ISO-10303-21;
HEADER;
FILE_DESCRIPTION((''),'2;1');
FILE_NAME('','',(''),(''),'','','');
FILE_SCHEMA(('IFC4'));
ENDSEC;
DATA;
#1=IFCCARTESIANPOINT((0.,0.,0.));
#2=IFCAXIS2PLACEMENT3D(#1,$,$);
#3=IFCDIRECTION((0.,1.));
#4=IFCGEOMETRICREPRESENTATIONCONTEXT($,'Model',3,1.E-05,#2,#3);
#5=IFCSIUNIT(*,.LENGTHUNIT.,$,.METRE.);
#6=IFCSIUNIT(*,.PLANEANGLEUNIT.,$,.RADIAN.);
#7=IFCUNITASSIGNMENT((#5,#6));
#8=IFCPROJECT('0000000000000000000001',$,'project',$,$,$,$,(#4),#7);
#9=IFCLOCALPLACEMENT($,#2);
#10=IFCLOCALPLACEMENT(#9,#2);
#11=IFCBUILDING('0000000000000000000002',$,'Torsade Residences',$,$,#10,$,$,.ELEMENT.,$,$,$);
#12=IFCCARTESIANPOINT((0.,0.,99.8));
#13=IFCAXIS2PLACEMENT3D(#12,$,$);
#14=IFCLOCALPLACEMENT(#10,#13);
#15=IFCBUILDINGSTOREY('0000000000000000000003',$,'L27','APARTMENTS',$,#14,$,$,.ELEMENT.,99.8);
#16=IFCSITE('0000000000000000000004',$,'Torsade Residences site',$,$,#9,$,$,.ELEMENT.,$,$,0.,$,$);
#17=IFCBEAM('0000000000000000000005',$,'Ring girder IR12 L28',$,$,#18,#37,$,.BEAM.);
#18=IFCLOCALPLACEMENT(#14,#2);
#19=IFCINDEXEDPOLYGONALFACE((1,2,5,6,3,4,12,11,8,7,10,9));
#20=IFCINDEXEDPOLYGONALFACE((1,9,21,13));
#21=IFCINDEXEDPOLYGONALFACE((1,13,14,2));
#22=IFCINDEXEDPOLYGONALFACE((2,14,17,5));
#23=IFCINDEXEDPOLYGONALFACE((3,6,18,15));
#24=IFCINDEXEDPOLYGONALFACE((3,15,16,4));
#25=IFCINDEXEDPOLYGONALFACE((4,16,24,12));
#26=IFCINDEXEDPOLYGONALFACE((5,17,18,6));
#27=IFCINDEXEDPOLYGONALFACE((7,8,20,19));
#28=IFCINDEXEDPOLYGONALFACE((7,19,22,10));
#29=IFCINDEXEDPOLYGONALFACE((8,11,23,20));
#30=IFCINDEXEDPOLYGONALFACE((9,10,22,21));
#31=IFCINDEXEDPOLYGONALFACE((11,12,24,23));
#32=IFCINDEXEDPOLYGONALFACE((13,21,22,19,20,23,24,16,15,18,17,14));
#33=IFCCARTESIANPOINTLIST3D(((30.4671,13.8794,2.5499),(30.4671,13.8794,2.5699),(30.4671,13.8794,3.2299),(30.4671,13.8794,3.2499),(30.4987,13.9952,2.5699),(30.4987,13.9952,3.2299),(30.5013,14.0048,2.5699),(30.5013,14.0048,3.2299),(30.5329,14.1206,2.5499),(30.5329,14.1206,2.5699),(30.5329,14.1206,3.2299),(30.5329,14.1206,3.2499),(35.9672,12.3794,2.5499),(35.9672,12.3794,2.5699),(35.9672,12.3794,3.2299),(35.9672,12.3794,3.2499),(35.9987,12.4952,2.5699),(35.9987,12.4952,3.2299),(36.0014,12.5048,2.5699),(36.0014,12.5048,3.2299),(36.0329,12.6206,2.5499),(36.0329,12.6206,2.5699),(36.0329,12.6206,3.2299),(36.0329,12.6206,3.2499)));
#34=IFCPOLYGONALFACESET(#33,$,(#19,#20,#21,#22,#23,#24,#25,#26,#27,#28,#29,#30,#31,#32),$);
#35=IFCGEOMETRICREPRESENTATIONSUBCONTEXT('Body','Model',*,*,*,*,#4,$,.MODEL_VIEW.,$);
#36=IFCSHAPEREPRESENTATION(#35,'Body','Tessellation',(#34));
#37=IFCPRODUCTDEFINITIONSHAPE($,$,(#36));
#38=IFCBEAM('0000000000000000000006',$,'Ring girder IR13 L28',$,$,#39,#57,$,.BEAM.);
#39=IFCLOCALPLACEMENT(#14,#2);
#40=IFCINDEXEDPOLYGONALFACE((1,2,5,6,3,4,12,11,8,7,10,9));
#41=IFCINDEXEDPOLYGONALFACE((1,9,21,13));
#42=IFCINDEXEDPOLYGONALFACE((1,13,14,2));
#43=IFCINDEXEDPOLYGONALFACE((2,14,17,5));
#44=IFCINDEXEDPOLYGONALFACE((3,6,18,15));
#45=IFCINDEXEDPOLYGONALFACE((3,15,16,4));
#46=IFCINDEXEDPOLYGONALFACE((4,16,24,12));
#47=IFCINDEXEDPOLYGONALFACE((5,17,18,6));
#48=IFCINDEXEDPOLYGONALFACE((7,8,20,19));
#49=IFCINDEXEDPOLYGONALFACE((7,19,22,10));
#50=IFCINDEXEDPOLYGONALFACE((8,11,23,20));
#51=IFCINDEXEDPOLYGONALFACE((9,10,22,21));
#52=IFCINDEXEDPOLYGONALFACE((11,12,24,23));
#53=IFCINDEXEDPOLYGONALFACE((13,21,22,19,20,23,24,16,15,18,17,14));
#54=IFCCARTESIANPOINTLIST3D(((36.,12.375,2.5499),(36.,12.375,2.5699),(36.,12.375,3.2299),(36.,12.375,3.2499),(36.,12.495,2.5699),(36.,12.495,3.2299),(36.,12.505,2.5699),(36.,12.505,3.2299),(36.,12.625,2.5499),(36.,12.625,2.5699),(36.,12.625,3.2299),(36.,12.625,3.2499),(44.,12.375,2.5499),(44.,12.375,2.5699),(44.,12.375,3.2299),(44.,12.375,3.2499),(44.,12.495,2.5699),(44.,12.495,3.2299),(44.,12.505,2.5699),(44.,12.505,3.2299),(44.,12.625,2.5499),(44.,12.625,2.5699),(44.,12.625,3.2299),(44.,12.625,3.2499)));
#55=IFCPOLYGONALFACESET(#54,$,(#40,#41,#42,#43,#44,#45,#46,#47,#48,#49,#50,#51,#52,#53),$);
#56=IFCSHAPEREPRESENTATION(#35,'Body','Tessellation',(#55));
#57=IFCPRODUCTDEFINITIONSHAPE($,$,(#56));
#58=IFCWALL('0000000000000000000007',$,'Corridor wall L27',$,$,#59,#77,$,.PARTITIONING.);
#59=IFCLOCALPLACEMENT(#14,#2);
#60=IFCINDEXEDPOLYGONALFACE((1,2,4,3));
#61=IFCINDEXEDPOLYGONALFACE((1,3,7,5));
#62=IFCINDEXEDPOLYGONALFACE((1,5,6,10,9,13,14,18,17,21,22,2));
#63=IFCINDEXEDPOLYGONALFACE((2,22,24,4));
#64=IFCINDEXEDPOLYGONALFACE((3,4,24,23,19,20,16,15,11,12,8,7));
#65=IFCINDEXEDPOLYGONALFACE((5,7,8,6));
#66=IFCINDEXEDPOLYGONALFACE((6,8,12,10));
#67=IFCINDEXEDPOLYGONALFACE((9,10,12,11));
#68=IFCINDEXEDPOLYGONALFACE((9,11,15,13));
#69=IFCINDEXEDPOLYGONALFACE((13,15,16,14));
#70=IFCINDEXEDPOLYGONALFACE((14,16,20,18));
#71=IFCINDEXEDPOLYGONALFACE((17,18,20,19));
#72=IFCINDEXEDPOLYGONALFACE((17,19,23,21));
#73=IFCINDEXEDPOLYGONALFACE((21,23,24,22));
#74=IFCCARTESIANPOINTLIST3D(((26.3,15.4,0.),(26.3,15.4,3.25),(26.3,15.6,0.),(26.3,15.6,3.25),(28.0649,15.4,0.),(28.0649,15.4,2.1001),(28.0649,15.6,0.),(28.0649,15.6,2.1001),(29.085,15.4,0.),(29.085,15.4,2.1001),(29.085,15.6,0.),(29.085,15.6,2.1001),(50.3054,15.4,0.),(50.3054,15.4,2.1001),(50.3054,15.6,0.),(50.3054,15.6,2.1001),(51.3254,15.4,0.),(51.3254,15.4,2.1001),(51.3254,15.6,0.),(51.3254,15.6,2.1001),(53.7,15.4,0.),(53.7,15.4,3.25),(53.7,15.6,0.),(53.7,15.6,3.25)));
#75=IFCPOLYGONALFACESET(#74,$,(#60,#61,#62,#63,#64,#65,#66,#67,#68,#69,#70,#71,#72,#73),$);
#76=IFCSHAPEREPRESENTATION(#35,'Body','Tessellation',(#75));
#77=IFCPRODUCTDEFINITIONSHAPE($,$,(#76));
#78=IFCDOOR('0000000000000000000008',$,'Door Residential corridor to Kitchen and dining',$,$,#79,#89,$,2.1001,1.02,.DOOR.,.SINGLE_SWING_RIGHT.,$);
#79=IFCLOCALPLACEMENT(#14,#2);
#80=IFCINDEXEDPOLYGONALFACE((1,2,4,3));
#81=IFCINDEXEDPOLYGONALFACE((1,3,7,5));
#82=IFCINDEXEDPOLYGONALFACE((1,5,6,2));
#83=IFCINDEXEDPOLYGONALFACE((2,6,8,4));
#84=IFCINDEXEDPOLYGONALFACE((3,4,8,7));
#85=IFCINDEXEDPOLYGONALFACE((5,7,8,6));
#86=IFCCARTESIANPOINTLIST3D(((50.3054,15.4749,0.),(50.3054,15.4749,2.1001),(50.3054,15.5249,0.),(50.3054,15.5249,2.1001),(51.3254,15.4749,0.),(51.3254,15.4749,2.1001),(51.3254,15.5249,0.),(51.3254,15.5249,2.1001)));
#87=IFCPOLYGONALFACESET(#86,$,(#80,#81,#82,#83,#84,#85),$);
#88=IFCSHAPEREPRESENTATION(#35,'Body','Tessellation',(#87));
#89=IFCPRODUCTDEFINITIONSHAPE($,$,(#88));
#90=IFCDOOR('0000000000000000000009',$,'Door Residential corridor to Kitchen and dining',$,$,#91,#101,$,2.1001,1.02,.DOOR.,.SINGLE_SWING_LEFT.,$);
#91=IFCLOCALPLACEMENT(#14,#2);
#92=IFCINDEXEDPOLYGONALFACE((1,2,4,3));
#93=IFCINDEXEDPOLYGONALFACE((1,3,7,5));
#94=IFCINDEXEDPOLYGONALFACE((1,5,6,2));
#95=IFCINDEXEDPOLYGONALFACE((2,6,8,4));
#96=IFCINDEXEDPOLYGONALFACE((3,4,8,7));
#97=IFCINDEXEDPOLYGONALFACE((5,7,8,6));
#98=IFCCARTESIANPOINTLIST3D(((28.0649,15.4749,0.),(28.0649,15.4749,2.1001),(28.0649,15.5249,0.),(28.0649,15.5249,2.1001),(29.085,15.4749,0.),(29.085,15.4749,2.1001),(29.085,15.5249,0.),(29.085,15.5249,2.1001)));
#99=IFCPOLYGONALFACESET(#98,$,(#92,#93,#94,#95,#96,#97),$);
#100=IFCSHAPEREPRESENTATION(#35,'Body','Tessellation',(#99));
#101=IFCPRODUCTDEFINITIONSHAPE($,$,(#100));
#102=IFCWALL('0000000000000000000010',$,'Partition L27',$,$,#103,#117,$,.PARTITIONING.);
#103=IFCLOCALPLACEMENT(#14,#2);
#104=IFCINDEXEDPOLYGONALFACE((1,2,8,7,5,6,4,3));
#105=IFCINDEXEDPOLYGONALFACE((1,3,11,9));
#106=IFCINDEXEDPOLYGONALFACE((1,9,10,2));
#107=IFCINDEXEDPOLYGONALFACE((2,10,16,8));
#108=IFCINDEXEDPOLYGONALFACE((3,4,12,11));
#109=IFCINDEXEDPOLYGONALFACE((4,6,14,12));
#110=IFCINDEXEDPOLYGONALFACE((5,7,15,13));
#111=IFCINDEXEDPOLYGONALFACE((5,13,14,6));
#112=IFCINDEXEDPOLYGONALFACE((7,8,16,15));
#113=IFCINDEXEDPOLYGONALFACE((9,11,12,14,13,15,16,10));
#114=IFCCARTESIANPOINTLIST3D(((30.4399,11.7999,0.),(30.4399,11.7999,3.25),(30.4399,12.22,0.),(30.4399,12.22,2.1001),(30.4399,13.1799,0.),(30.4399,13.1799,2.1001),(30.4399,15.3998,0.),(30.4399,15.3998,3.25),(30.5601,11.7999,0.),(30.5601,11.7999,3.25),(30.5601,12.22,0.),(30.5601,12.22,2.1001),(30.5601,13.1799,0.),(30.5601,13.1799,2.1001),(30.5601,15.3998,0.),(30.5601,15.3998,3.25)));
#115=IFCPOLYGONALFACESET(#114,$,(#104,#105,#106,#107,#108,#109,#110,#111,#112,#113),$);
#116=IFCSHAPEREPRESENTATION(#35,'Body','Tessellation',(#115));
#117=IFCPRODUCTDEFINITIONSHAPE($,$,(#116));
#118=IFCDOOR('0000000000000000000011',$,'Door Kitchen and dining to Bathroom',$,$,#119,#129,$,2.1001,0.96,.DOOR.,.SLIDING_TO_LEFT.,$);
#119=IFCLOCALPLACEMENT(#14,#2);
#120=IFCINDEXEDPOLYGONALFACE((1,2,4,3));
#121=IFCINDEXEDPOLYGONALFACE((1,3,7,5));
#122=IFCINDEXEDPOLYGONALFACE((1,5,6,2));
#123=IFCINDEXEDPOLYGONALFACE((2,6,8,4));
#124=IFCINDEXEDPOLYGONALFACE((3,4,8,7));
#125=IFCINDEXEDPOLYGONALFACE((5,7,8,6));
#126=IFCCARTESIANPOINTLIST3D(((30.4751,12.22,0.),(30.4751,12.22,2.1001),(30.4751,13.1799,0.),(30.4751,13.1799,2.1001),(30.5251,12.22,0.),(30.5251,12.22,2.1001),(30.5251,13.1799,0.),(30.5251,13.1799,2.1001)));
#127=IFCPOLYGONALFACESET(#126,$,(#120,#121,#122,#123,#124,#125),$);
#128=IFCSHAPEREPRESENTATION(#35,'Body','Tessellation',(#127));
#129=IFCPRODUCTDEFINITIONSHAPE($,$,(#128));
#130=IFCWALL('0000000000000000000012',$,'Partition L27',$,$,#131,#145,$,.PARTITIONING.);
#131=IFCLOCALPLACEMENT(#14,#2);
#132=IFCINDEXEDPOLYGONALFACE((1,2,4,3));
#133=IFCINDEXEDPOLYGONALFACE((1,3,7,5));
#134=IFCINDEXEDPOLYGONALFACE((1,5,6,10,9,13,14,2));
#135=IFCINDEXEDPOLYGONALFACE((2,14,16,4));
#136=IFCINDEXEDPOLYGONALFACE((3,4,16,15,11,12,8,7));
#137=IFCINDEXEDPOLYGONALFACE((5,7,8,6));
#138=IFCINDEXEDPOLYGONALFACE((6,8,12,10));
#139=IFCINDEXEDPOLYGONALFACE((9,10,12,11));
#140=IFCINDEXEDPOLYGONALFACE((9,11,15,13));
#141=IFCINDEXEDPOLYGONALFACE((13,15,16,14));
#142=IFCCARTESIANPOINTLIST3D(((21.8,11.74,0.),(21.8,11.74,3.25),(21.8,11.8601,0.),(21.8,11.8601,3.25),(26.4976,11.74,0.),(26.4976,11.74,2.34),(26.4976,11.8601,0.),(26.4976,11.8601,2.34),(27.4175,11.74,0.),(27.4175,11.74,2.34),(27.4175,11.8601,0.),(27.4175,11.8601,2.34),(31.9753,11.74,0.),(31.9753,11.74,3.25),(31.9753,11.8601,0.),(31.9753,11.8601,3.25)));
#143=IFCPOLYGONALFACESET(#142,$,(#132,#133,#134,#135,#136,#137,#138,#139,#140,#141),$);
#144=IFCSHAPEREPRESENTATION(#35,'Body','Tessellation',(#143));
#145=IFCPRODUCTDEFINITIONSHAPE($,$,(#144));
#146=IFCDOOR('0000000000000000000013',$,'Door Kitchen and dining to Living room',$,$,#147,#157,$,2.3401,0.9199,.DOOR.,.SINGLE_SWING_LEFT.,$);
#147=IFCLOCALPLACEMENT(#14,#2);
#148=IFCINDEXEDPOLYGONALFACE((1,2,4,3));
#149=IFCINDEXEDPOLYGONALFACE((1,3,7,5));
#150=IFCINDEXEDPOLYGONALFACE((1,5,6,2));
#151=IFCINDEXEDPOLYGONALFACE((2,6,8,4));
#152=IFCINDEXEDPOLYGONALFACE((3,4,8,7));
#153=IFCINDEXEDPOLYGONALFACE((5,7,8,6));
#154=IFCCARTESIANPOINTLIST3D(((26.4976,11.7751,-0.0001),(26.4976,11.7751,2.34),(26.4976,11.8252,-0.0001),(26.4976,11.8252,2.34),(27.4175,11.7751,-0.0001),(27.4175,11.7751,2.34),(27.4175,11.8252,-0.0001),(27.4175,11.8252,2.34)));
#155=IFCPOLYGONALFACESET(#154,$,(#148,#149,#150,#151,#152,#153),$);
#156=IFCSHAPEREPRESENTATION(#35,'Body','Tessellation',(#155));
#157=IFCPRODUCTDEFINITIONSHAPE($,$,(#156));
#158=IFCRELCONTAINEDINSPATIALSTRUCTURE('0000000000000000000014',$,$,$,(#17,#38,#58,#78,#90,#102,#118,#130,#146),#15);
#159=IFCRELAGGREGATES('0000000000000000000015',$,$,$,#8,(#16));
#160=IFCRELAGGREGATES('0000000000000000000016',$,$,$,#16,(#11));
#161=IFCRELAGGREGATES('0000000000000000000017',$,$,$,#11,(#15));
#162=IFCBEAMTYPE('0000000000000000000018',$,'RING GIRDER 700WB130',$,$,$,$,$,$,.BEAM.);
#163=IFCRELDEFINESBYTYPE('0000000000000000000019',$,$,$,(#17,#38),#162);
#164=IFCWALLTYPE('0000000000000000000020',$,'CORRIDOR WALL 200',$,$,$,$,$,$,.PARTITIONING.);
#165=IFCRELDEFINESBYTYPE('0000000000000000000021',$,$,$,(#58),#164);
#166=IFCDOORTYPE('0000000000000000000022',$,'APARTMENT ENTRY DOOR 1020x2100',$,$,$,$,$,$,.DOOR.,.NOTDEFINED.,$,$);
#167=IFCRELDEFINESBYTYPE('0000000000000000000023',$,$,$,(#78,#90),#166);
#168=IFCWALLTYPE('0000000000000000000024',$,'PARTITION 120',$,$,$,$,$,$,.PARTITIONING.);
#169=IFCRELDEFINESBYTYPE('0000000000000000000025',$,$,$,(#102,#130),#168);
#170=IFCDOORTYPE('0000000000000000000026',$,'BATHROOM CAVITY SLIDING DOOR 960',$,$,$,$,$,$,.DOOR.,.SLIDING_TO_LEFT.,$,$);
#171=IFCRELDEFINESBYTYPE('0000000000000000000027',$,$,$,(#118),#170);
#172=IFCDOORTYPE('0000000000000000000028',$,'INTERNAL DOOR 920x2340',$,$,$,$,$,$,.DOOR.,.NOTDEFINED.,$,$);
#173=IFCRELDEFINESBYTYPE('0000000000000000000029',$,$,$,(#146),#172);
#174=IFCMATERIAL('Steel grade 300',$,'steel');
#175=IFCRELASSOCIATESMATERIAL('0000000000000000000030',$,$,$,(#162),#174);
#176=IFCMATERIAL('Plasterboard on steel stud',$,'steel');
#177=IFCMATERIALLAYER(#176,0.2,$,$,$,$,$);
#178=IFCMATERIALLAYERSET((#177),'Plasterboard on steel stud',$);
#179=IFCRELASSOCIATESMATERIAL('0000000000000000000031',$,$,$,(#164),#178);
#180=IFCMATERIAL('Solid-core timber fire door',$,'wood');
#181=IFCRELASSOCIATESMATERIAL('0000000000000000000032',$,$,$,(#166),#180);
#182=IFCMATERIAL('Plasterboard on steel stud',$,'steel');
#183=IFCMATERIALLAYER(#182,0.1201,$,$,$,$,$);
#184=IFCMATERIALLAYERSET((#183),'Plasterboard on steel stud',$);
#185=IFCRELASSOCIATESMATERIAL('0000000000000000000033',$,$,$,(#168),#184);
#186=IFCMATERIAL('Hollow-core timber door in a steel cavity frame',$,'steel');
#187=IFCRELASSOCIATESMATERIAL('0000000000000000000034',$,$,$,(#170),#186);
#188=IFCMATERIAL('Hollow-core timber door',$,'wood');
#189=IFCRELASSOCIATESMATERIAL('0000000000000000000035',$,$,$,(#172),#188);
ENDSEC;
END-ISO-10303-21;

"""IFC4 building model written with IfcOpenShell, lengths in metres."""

from ifc_helpers import new_model, si_unit, direction, frame, frame_2d, origin, origin_2d, place, context, subcontext, project, spatial, rectangle, i_section, extrude, material, layer, layer_set, material_profile, profile_set, type_object, element, fill, save


model = new_model("IFC4")

# Units and contexts
model_context = context("Model", 3, precision=1e-05, world=origin(), true_north=direction((0.0, 1.0)))
body_context = subcontext(model_context, "Body", "Model", "MODEL_VIEW")
ifc_project = project(units=[si_unit("LENGTHUNIT", "METRE"), si_unit("PLANEANGLEUNIT", "RADIAN")], contexts=[model_context])

# Site, building, storey
site_placement = place(None, origin())
site = spatial("IfcSite", under=ifc_project, at=site_placement, Name="Torsade Residences site", CompositionType="ELEMENT", RefElevation=0.0)
building_placement = place(site_placement, origin())
building = spatial("IfcBuilding", under=site, at=building_placement, Name="Torsade Residences", CompositionType="ELEMENT")
storey_placement = place(building_placement, frame((0.0, 0.0, 99.8)))
storey = spatial("IfcBuildingStorey", under=building, at=storey_placement, Name="L27", Description="APARTMENTS", CompositionType="ELEMENT", Elevation=99.8)

# Beams
ifc_material_1 = material(Name="Steel grade 300", Category="steel")
ifc_material_profile_1 = material_profile(ifc_material_1, i_section(OverallWidth=0.25, OverallDepth=0.7, WebThickness=0.01, FlangeThickness=0.02, at=origin_2d()), Name="700WB130")
ifc_profile_set_1 = profile_set([ifc_material_profile_1], Name="Steel grade 300")
beam_type_1 = type_object("IfcBeamType", Name="RING GIRDER 700WB130", PredefinedType="BEAM", material=ifc_profile_set_1)
beam_1_placement = place(storey_placement, frame((30.5, 14.0, 2.8999), z_axis=(0.964764, -0.263117, 0.0), x_axis=(0.263117, 0.964764, 0.0)))
element("IfcBeam", 1, at=beam_1_placement, inside=storey, type_object=beam_type_1, Name="Ring girder IR12 L28", PredefinedType="BEAM", context=body_context, shape_type="SweptSolid", body=[
    extrude(i_section(OverallWidth=0.25, OverallDepth=0.7, WebThickness=0.01, FlangeThickness=0.02, at=origin_2d()), origin(), (0.0, 0.0, 1.0), 5.7009),
])
beam_2_placement = place(storey_placement, frame((36.0, 12.5, 2.8999), z_axis=(1.0, 0.0, 0.0), x_axis=(0.0, 1.0, 0.0)))
element("IfcBeam", 2, at=beam_2_placement, inside=storey, type_object=beam_type_1, Name="Ring girder IR13 L28", PredefinedType="BEAM", context=body_context, shape_type="SweptSolid", body=[
    extrude(i_section(OverallWidth=0.25, OverallDepth=0.7, WebThickness=0.01, FlangeThickness=0.02, at=origin_2d()), origin(), (0.0, 0.0, 1.0), 8.0),
])

# Wall, openings, doors
ifc_material_2 = material(Name="Plasterboard on steel stud", Category="steel")
ifc_layer_1 = layer(ifc_material_2, 0.2)
ifc_layer_set_1 = layer_set([ifc_layer_1], Name="Plasterboard on steel stud")
wall_type_1 = type_object("IfcWallType", Name="CORRIDOR WALL 200", PredefinedType="PARTITIONING", material=ifc_layer_set_1)
wall_1_placement = place(storey_placement, frame((26.3, 15.5, 0.0), z_axis=(0.0, 0.0, 1.0), x_axis=(1.0, 0.0, 0.0)))
wall_1 = element("IfcWall", 3, at=wall_1_placement, inside=storey, type_object=wall_type_1, Name="Corridor wall L27", PredefinedType="PARTITIONING", context=body_context, shape_type="SweptSolid", body=[
    extrude(rectangle(XDim=27.3999, YDim=0.2, at=frame_2d((13.7, 0.0))), origin(), (0.0, 0.0, 1.0), 3.25),
])
opening_1_placement = place(wall_1_placement, frame((24.0054, 0.0, 0.0)))
opening_1 = element("IfcOpeningElement", 4, at=opening_1_placement, cuts=wall_1, PredefinedType="OPENING", context=body_context, shape_type="SweptSolid", body=[
    extrude(rectangle(XDim=1.02, YDim=2.1001, at=frame_2d((0.51, 1.05))), frame((0.0, 0.1099, 0.0), z_axis=(0.0, -1.0, 0.0), x_axis=(1.0, 0.0, 0.0)), (0.0, 0.0, 1.0), 0.22),
])
opening_2_placement = place(wall_1_placement, frame((1.7649, 0.0, 0.0)))
opening_2 = element("IfcOpeningElement", 5, at=opening_2_placement, cuts=wall_1, PredefinedType="OPENING", context=body_context, shape_type="SweptSolid", body=[
    extrude(rectangle(XDim=1.02, YDim=2.1001, at=frame_2d((0.51, 1.05))), frame((0.0, 0.1099, 0.0), z_axis=(0.0, -1.0, 0.0), x_axis=(1.0, 0.0, 0.0)), (0.0, 0.0, 1.0), 0.22),
])
ifc_material_3 = material(Name="Solid-core timber fire door", Category="wood")
door_type_1 = type_object("IfcDoorType", Name="APARTMENT ENTRY DOOR 1020x2100", OperationType="NOTDEFINED", PredefinedType="DOOR", material=ifc_material_3)
door_1_placement = place(opening_1_placement, origin())
door_1 = element("IfcDoor", 6, at=door_1_placement, inside=storey, type_object=door_type_1, Name="Door Residential corridor to Kitchen and dining", OperationType="SINGLE_SWING_RIGHT", OverallHeight=2.1001, OverallWidth=1.02, PredefinedType="DOOR", context=body_context, shape_type="SweptSolid", body=[
    extrude(rectangle(XDim=1.02, YDim=2.1001, at=frame_2d((0.51, 1.05))), frame((0.0, 0.0249, 0.0), z_axis=(0.0, -1.0, 0.0), x_axis=(1.0, 0.0, 0.0)), (0.0, 0.0, 1.0), 0.05),
])
fill(opening_1, door_1)
door_2_placement = place(opening_2_placement, origin())
door_2 = element("IfcDoor", 7, at=door_2_placement, inside=storey, type_object=door_type_1, Name="Door Residential corridor to Kitchen and dining", OperationType="SINGLE_SWING_LEFT", OverallHeight=2.1001, OverallWidth=1.02, PredefinedType="DOOR", context=body_context, shape_type="SweptSolid", body=[
    extrude(rectangle(XDim=1.02, YDim=2.1001, at=frame_2d((0.51, 1.05))), frame((0.0, 0.0249, 0.0), z_axis=(0.0, -1.0, 0.0), x_axis=(1.0, 0.0, 0.0)), (0.0, 0.0, 1.0), 0.05),
])
fill(opening_2, door_2)

# Walls, openings, doors
ifc_material_4 = material(Name="Plasterboard on steel stud", Category="steel")
ifc_layer_2 = layer(ifc_material_4, 0.1201)
ifc_layer_set_2 = layer_set([ifc_layer_2], Name="Plasterboard on steel stud")
wall_type_2 = type_object("IfcWallType", Name="PARTITION 120", PredefinedType="PARTITIONING", material=ifc_layer_set_2)
wall_2_placement = place(storey_placement, frame((30.5, 11.8, 0.0), z_axis=(0.0, 0.0, 1.0), x_axis=(0.0, 1.0, 0.0)))
wall_2 = element("IfcWall", 8, at=wall_2_placement, inside=storey, type_object=wall_type_2, Name="Partition L27", PredefinedType="PARTITIONING", context=body_context, shape_type="SweptSolid", body=[
    extrude(rectangle(XDim=3.5999, YDim=0.1201, at=frame_2d((1.7998, 0.0))), origin(), (0.0, 0.0, 1.0), 3.25),
])
opening_3_placement = place(wall_2_placement, frame((0.4199, 0.0, 0.0)))
opening_3 = element("IfcOpeningElement", 9, at=opening_3_placement, cuts=wall_2, PredefinedType="OPENING", context=body_context, shape_type="SweptSolid", body=[
    extrude(rectangle(XDim=0.96, YDim=2.1001, at=frame_2d((0.48, 1.05))), frame((0.0, 0.0701, 0.0), z_axis=(0.0, -1.0, 0.0), x_axis=(1.0, 0.0, 0.0)), (0.0, 0.0, 1.0), 0.1401),
])
ifc_material_5 = material(Name="Hollow-core timber door in a steel cavity frame", Category="steel")
door_type_2 = type_object("IfcDoorType", Name="BATHROOM CAVITY SLIDING DOOR 960", OperationType="SLIDING_TO_LEFT", PredefinedType="DOOR", material=ifc_material_5)
door_3_placement = place(opening_3_placement, origin())
door_3 = element("IfcDoor", 10, at=door_3_placement, inside=storey, type_object=door_type_2, Name="Door Kitchen and dining to Bathroom", OperationType="SLIDING_TO_LEFT", OverallHeight=2.1001, OverallWidth=0.96, PredefinedType="DOOR", context=body_context, shape_type="SweptSolid", body=[
    extrude(rectangle(XDim=0.96, YDim=2.1001, at=frame_2d((0.48, 1.05))), frame((0.0, 0.0249, 0.0), z_axis=(0.0, -1.0, 0.0), x_axis=(1.0, 0.0, 0.0)), (0.0, 0.0, 1.0), 0.05),
])
fill(opening_3, door_3)
wall_3_placement = place(storey_placement, frame((31.9753, 11.8, 0.0), z_axis=(0.0, 0.0, 1.0), x_axis=(-1.0, 0.0, 0.0)))
wall_3 = element("IfcWall", 11, at=wall_3_placement, inside=storey, type_object=wall_type_2, Name="Partition L27", PredefinedType="PARTITIONING", context=body_context, shape_type="SweptSolid", body=[
    extrude(rectangle(XDim=10.1753, YDim=0.1201, at=frame_2d((5.0876, 0.0))), origin(), (0.0, 0.0, 1.0), 3.25),
])
opening_4_placement = place(wall_3_placement, frame((4.5579, 0.0, 0.0)))
opening_4 = element("IfcOpeningElement", 12, at=opening_4_placement, cuts=wall_3, PredefinedType="OPENING", context=body_context, shape_type="SweptSolid", body=[
    extrude(rectangle(XDim=0.9199, YDim=2.3401, at=frame_2d((0.46, 1.1699))), frame((0.0, 0.0701, 0.0), z_axis=(0.0, -1.0, 0.0), x_axis=(1.0, 0.0, 0.0)), (0.0, 0.0, 1.0), 0.1401),
])
ifc_material_6 = material(Name="Hollow-core timber door", Category="wood")
door_type_3 = type_object("IfcDoorType", Name="INTERNAL DOOR 920x2340", OperationType="NOTDEFINED", PredefinedType="DOOR", material=ifc_material_6)
door_4_placement = place(opening_4_placement, origin())
door_4 = element("IfcDoor", 13, at=door_4_placement, inside=storey, type_object=door_type_3, Name="Door Kitchen and dining to Living room", OperationType="SINGLE_SWING_LEFT", OverallHeight=2.3401, OverallWidth=0.9199, PredefinedType="DOOR", context=body_context, shape_type="SweptSolid", body=[
    extrude(rectangle(XDim=0.9199, YDim=2.3401, at=frame_2d((0.46, 1.1699))), frame((0.0, 0.0249, 0.0), z_axis=(0.0, -1.0, 0.0), x_axis=(1.0, 0.0, 0.0)), (0.0, 0.0, 1.0), 0.05),
])
fill(opening_4, door_4)

save(model, "model.ifc")
